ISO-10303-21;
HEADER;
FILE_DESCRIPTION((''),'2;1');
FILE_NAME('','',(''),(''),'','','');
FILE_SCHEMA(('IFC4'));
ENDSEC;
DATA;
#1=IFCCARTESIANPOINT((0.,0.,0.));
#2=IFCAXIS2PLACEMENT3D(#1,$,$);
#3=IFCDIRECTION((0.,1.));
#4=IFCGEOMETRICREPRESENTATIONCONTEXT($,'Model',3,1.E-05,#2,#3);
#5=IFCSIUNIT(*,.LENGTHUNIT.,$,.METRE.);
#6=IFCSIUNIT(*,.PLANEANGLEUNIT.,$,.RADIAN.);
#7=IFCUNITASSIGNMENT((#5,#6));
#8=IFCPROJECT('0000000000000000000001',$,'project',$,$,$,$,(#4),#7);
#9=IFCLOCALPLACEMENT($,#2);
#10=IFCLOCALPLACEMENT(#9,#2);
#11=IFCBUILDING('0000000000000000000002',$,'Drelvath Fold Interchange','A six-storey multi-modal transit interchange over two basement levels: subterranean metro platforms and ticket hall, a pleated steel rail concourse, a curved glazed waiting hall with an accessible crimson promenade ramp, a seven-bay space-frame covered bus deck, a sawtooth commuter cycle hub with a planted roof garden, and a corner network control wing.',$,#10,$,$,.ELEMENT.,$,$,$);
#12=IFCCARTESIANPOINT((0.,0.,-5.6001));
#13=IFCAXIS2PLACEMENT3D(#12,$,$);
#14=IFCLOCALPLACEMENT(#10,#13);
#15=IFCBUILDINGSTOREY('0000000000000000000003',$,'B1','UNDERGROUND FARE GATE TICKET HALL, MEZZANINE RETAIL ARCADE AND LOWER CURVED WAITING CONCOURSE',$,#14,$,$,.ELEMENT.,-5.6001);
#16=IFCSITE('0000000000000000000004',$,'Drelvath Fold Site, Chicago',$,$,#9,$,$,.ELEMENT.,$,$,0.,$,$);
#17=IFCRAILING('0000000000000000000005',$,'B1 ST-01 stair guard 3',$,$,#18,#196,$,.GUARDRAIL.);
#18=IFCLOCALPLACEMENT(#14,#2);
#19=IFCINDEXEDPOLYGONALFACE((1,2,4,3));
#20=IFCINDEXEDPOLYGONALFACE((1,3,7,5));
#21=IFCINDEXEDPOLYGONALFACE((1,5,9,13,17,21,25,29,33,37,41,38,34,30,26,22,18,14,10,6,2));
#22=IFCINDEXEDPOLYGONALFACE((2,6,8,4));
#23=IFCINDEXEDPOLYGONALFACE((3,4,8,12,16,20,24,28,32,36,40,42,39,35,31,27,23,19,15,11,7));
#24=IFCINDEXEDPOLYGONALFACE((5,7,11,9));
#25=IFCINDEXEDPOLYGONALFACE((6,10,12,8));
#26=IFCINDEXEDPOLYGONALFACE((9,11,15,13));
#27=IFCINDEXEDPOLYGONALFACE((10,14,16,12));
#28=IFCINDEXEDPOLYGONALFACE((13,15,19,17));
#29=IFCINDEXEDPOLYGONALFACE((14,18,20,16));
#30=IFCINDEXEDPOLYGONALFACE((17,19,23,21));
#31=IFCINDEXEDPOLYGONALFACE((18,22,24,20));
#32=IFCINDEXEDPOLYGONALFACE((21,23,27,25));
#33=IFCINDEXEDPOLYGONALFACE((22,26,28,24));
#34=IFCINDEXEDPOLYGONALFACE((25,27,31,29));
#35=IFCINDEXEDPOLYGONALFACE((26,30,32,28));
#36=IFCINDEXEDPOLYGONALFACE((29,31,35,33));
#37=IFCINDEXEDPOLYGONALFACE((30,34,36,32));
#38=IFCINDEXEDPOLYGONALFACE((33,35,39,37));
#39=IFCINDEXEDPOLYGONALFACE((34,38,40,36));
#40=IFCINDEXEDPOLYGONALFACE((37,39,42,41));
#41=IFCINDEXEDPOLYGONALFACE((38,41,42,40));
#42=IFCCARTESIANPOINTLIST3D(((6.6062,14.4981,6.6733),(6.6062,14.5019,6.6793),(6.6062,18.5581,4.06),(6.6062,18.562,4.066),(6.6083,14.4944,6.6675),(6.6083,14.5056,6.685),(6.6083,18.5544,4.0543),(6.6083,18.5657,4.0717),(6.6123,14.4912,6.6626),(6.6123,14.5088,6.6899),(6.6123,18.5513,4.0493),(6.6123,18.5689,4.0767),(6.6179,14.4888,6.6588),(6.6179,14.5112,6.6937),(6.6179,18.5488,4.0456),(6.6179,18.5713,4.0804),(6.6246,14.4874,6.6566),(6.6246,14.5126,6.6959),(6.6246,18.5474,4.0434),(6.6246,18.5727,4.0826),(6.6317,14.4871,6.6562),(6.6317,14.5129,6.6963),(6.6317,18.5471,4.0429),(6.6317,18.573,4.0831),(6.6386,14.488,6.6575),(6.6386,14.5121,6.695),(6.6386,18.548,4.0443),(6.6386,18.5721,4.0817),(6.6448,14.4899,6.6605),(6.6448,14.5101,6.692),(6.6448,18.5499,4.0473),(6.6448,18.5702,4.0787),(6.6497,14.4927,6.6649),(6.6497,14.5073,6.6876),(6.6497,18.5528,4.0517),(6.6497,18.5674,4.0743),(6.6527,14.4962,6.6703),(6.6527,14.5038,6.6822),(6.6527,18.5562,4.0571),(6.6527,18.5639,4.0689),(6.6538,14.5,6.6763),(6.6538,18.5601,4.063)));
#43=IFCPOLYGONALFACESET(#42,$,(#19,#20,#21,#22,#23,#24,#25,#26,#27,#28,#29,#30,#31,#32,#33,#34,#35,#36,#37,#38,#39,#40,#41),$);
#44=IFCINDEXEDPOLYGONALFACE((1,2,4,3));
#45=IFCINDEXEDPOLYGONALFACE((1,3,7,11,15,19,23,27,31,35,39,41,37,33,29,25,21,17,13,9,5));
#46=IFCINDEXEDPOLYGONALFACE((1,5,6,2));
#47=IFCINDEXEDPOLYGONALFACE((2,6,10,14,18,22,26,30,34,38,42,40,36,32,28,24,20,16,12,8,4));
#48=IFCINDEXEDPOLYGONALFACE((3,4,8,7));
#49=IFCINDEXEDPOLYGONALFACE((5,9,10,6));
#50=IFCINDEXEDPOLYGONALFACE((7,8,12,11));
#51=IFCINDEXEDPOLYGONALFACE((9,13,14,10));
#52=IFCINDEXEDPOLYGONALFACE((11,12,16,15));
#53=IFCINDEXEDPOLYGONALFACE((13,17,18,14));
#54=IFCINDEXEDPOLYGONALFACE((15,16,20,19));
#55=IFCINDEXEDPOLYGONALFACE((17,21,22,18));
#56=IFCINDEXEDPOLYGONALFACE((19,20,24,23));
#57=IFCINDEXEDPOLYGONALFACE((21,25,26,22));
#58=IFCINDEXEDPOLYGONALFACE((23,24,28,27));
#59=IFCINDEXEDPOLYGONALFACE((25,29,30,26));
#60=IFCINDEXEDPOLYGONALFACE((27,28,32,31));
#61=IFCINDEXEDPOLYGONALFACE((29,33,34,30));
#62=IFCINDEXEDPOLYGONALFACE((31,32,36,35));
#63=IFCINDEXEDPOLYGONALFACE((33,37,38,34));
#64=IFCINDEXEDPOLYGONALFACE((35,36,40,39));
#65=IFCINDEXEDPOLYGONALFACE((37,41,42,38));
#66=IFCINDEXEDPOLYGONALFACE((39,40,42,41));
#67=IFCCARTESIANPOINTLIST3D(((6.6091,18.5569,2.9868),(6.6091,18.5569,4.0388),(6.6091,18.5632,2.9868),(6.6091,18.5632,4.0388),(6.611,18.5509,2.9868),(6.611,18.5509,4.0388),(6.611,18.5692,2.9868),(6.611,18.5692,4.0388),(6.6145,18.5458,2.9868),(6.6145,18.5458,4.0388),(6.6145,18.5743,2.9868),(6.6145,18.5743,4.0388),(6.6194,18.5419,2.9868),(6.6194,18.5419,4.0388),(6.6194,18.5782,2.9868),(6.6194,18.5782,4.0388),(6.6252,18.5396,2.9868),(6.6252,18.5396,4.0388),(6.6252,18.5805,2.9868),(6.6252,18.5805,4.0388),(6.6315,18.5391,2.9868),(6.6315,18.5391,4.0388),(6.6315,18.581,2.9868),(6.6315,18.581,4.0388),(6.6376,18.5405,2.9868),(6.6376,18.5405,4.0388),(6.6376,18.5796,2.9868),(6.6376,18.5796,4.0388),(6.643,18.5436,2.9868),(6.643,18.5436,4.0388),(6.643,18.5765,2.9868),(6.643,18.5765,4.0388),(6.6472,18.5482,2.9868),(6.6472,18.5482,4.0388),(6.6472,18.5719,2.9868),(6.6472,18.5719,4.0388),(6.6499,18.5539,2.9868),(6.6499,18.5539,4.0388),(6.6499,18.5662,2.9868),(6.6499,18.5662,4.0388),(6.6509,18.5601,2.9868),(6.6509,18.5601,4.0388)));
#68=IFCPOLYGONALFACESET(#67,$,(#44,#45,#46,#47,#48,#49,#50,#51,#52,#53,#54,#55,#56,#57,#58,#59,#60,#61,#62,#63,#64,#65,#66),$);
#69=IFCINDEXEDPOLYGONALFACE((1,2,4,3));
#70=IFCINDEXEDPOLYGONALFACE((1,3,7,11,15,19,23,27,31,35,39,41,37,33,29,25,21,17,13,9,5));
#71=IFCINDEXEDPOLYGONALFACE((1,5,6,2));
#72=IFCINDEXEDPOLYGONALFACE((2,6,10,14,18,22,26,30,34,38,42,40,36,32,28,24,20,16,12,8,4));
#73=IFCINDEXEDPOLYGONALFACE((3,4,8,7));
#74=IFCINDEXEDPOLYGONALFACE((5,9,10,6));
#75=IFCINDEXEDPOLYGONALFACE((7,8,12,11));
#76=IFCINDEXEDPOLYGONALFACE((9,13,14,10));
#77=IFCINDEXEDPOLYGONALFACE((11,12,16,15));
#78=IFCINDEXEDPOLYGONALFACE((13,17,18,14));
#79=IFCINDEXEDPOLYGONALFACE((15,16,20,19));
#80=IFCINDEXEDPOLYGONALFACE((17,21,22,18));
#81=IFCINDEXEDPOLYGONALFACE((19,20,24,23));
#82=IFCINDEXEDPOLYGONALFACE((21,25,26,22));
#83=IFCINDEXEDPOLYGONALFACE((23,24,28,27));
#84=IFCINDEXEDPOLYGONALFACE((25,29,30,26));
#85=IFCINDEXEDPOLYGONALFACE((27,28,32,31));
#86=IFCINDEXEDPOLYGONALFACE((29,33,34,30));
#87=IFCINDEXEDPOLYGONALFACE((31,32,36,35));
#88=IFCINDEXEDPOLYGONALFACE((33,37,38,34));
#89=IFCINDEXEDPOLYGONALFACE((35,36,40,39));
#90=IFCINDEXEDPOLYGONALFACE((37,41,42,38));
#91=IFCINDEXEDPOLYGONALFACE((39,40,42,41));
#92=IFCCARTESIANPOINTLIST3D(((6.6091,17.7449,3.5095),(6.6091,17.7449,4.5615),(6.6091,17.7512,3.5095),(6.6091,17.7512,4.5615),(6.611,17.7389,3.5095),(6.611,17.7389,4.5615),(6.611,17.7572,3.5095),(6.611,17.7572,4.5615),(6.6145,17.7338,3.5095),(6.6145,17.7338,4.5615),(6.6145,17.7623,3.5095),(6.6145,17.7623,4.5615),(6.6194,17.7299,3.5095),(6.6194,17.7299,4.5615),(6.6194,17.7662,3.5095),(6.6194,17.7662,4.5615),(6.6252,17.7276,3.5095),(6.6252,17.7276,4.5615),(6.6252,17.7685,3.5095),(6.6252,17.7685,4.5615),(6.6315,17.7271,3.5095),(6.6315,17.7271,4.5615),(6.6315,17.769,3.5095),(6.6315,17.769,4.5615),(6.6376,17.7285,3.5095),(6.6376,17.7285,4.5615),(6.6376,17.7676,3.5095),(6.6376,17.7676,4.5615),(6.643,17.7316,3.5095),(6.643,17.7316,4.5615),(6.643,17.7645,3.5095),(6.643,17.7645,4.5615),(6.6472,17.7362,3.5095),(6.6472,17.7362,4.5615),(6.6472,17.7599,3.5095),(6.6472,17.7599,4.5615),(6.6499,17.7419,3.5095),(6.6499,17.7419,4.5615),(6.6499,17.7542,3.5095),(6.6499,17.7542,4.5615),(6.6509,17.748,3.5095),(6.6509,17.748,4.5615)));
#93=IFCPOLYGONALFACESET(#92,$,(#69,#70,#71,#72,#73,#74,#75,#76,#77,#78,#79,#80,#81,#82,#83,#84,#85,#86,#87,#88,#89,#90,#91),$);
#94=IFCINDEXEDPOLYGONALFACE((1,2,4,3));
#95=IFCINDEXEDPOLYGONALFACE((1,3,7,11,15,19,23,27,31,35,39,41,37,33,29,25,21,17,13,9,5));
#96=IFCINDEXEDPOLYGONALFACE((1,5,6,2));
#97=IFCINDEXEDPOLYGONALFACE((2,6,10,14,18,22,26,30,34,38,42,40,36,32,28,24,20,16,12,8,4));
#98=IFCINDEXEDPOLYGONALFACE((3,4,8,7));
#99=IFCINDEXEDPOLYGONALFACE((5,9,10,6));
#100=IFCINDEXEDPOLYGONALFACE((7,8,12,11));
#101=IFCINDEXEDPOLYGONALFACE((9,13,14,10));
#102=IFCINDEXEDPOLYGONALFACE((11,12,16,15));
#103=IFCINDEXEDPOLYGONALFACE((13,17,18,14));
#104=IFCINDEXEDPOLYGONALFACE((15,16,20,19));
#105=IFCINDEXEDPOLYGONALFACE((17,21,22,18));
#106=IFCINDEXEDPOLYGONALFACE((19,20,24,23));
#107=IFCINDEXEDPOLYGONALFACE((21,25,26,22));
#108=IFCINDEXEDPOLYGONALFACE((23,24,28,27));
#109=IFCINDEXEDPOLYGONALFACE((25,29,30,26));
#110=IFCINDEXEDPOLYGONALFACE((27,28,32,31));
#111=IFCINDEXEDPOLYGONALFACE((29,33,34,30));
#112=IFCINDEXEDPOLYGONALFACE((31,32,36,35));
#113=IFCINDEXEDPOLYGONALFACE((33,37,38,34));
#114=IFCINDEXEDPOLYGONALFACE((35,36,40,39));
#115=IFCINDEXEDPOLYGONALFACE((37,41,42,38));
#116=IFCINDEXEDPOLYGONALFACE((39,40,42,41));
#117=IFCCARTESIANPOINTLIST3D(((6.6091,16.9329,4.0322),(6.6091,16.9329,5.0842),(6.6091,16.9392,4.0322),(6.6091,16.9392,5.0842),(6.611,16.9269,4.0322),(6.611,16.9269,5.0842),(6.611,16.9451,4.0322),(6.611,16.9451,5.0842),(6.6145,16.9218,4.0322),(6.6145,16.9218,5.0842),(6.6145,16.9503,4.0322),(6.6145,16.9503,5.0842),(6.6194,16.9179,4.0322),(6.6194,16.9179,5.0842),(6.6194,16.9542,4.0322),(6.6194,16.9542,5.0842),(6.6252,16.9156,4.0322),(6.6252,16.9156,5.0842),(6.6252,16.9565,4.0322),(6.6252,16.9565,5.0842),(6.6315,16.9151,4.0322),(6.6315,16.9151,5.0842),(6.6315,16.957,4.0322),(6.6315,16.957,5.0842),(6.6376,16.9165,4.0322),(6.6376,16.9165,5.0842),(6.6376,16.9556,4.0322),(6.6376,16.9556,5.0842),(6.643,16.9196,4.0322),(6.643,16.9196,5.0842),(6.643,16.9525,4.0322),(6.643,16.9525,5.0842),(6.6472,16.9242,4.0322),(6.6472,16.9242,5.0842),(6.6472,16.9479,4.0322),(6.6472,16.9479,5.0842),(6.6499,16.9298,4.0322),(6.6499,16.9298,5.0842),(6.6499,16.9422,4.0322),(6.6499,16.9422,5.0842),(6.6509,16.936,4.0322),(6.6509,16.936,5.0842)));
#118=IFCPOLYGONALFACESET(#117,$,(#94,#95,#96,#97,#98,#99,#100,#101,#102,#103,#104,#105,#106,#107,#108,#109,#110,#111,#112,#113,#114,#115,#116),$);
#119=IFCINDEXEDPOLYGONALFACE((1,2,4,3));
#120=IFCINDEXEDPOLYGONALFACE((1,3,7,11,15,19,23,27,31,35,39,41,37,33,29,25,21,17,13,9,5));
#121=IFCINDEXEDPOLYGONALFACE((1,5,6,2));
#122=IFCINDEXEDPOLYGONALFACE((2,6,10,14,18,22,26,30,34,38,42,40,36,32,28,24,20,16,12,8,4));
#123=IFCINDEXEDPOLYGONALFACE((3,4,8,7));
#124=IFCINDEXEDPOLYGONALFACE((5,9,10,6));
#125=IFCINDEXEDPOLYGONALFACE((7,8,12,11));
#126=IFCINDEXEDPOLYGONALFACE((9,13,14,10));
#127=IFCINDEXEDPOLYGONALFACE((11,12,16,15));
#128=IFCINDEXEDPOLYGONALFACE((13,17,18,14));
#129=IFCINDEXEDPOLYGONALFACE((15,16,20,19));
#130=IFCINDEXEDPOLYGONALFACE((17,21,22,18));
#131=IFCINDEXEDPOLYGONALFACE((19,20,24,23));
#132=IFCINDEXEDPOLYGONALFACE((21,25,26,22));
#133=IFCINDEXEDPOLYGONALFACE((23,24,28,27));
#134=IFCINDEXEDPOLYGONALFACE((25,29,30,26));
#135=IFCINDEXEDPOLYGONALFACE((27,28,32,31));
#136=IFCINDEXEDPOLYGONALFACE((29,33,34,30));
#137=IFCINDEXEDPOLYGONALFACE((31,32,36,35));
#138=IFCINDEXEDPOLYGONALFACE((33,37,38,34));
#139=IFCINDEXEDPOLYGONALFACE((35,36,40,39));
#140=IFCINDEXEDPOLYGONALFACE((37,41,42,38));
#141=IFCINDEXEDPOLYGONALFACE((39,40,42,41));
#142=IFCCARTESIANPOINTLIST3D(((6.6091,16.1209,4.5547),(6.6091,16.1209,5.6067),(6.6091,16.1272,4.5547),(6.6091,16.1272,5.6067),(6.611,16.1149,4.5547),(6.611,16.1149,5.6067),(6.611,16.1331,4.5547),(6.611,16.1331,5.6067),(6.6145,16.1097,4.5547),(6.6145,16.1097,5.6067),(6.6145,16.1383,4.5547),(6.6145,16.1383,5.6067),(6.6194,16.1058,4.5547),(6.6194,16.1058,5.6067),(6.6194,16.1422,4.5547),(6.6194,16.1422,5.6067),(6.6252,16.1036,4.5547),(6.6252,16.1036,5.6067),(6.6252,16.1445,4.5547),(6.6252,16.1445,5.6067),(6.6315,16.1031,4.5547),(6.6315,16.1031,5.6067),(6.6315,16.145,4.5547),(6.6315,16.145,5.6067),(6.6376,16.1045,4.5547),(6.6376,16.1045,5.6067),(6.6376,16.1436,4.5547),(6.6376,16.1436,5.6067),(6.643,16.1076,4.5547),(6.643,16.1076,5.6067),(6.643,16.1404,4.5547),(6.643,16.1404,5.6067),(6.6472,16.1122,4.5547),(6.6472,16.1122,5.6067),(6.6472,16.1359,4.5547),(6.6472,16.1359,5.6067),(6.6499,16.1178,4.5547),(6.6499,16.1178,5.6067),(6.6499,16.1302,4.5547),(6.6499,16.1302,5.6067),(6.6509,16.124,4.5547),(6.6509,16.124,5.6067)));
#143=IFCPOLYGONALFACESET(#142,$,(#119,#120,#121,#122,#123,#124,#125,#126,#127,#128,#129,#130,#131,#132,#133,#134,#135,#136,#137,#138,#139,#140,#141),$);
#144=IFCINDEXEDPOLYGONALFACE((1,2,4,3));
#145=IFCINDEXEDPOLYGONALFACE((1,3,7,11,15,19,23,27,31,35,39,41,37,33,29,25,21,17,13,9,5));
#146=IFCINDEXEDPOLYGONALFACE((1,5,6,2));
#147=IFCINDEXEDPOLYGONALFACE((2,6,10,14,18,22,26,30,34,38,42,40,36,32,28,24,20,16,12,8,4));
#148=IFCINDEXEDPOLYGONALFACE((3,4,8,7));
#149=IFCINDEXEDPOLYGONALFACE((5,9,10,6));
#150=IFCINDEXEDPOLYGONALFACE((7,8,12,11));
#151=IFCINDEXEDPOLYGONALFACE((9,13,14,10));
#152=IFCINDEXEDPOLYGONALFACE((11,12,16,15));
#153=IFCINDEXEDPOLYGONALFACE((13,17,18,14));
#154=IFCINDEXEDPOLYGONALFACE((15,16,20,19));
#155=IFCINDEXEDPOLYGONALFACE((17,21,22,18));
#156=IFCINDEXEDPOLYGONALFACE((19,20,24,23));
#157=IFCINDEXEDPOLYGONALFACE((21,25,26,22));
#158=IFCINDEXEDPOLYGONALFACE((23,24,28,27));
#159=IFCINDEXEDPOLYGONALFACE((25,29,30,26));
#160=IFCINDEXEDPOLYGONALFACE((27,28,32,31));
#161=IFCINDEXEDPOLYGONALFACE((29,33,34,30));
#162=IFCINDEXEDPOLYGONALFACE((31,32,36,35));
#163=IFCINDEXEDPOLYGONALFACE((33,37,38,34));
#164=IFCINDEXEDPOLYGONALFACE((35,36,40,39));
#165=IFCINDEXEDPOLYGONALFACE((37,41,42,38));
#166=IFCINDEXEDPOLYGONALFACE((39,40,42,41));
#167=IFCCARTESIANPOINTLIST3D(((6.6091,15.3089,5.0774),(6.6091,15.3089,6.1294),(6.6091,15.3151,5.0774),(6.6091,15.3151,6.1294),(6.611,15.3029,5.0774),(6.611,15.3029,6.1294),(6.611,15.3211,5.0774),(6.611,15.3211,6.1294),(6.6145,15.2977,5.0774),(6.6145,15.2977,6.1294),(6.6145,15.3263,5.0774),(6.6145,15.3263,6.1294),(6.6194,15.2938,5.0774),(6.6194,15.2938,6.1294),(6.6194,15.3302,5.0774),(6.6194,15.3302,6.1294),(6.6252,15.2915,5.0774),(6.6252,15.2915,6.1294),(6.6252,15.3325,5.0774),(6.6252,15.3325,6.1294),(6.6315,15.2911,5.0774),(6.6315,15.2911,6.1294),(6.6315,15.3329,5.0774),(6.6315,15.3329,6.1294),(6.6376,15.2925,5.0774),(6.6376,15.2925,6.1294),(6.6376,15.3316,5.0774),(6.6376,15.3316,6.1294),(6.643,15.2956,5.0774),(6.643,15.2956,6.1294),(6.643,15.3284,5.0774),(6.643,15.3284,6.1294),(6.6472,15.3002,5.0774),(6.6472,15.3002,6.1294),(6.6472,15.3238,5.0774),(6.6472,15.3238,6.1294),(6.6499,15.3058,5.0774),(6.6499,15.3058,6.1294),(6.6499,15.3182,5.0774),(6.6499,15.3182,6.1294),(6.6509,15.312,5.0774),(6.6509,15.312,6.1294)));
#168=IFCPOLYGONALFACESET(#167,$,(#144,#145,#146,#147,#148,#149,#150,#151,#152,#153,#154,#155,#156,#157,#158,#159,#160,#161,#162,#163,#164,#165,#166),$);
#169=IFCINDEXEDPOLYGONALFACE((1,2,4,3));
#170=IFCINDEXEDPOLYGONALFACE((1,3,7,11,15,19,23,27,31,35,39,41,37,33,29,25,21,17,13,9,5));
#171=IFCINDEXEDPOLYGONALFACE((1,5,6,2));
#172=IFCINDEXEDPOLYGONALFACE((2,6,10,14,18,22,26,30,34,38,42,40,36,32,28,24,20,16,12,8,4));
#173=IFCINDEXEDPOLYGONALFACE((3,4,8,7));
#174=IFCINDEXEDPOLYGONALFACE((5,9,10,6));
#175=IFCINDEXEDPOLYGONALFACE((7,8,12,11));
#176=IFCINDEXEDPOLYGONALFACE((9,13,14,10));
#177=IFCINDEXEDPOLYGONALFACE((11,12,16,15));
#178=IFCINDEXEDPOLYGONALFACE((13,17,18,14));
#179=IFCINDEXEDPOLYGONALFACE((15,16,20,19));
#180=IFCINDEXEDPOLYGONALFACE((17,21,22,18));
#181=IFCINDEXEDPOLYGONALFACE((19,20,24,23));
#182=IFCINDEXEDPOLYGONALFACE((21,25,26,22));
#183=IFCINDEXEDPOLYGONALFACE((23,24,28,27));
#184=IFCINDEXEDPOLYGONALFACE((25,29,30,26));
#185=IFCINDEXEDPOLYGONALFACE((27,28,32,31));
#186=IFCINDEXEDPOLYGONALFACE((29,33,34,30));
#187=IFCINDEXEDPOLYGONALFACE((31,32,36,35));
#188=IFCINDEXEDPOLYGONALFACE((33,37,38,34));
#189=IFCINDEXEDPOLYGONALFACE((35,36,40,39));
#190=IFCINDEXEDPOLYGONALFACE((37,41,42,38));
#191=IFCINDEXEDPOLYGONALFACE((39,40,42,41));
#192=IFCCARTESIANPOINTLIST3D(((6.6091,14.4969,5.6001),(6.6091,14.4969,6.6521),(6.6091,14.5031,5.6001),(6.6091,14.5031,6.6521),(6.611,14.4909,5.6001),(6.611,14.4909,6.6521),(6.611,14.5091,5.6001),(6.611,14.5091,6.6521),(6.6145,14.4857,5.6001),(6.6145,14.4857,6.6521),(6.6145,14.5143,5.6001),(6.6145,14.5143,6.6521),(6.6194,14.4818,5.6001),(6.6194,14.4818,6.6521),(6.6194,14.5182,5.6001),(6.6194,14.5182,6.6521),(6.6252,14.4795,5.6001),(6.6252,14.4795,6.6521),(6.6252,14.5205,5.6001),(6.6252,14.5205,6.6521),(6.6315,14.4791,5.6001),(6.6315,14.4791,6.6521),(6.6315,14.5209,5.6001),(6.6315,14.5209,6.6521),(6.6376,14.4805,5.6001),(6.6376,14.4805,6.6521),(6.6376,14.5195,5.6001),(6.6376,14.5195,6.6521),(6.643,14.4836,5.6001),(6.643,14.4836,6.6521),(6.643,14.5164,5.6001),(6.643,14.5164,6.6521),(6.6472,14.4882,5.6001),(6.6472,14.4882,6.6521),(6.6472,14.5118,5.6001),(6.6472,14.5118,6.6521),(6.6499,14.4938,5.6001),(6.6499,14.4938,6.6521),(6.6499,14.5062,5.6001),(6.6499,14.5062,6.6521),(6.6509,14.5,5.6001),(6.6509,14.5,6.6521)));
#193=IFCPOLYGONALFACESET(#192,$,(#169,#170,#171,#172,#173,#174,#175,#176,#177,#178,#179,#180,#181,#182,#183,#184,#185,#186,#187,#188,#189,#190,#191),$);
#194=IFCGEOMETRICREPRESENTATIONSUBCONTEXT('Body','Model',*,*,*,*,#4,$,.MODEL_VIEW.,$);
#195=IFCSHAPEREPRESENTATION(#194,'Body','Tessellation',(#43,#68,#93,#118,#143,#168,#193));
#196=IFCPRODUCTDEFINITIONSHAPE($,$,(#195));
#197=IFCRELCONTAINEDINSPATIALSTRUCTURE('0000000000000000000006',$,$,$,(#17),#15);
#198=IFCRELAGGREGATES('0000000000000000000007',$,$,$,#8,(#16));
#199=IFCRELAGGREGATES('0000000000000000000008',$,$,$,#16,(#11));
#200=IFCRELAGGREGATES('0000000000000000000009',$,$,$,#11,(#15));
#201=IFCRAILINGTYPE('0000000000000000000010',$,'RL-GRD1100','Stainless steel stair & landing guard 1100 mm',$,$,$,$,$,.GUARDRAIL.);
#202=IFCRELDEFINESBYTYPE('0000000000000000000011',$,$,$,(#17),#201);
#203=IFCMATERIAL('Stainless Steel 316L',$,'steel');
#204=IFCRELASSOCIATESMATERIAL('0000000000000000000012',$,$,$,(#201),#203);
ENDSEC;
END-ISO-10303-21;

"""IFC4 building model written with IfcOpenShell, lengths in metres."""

from ifc_helpers import new_model, si_unit, direction, frame, origin, origin_2d, place, context, subcontext, project, spatial, circle, extrude, material, type_object, element, save


model = new_model("IFC4")

# Units and contexts
model_context = context("Model", 3, precision=1e-05, world=origin(), true_north=direction((0.0, 1.0)))
body_context = subcontext(model_context, "Body", "Model", "MODEL_VIEW")
ifc_project = project(units=[si_unit("LENGTHUNIT", "METRE"), si_unit("PLANEANGLEUNIT", "RADIAN")], contexts=[model_context])

# Site, building, storey
site_placement = place(None, origin())
site = spatial("IfcSite", under=ifc_project, at=site_placement, Name="Drelvath Fold Site, Chicago", CompositionType="ELEMENT", RefElevation=0.0)
building_placement = place(site_placement, origin())
building = spatial("IfcBuilding", under=site, at=building_placement, Name="Drelvath Fold Interchange", Description="A six-storey multi-modal transit interchange over two basement levels: subterranean metro platforms and ticket hall, a pleated steel rail concourse, a curved glazed waiting hall with an accessible crimson promenade ramp, a seven-bay space-frame covered bus deck, a sawtooth commuter cycle hub with a planted roof garden, and a corner network control wing.", CompositionType="ELEMENT")
storey_placement = place(building_placement, frame((0.0, 0.0, -5.6001)))
storey = spatial("IfcBuildingStorey", under=building, at=storey_placement, Name="B1", Description="UNDERGROUND FARE GATE TICKET HALL, MEZZANINE RETAIL ARCADE AND LOWER CURVED WAITING CONCOURSE", CompositionType="ELEMENT", Elevation=-5.6001)

# Railing
ifc_material_1 = material(Name="Stainless Steel 316L", Category="steel")
railing_type_1 = type_object("IfcRailingType", Name="RL-GRD1100", Description="Stainless steel stair & landing guard 1100 mm", PredefinedType="GUARDRAIL", material=ifc_material_1)
railing_1_placement = place(storey_placement, frame((6.6299, 18.5601, 2.9868)))
element("IfcRailing", 1, at=railing_1_placement, inside=storey, type_object=railing_type_1, Name="B1 ST-01 stair guard 3", PredefinedType="GUARDRAIL", context=body_context, shape_type="SweptSolid", body=[
    extrude(circle(Radius=0.0239, at=origin_2d()), frame((0.0, 0.0, 1.0762), z_axis=(0.0, -0.840873, 0.541233), x_axis=(1.0, 0.0, 0.0)), (0.0, 0.0, 1.0), 4.8284),
    extrude(circle(Radius=0.021, at=origin_2d()), origin(), (0.0, 0.0, 1.0), 1.052),
    extrude(circle(Radius=0.021, at=origin_2d()), frame((0.0, -0.812, 0.5227)), (0.0, 0.0, 1.0), 1.052),
    extrude(circle(Radius=0.021, at=origin_2d()), frame((0.0, -1.624, 1.0454)), (0.0, 0.0, 1.0), 1.052),
    extrude(circle(Radius=0.021, at=origin_2d()), frame((0.0, -2.436, 1.5679)), (0.0, 0.0, 1.0), 1.052),
    extrude(circle(Radius=0.021, at=origin_2d()), frame((0.0, -3.248, 2.0906)), (0.0, 0.0, 1.0), 1.052),
    extrude(circle(Radius=0.021, at=origin_2d()), frame((0.0, -4.0601, 2.6133)), (0.0, 0.0, 1.0), 1.052),
])

save(model, "model.ifc")
